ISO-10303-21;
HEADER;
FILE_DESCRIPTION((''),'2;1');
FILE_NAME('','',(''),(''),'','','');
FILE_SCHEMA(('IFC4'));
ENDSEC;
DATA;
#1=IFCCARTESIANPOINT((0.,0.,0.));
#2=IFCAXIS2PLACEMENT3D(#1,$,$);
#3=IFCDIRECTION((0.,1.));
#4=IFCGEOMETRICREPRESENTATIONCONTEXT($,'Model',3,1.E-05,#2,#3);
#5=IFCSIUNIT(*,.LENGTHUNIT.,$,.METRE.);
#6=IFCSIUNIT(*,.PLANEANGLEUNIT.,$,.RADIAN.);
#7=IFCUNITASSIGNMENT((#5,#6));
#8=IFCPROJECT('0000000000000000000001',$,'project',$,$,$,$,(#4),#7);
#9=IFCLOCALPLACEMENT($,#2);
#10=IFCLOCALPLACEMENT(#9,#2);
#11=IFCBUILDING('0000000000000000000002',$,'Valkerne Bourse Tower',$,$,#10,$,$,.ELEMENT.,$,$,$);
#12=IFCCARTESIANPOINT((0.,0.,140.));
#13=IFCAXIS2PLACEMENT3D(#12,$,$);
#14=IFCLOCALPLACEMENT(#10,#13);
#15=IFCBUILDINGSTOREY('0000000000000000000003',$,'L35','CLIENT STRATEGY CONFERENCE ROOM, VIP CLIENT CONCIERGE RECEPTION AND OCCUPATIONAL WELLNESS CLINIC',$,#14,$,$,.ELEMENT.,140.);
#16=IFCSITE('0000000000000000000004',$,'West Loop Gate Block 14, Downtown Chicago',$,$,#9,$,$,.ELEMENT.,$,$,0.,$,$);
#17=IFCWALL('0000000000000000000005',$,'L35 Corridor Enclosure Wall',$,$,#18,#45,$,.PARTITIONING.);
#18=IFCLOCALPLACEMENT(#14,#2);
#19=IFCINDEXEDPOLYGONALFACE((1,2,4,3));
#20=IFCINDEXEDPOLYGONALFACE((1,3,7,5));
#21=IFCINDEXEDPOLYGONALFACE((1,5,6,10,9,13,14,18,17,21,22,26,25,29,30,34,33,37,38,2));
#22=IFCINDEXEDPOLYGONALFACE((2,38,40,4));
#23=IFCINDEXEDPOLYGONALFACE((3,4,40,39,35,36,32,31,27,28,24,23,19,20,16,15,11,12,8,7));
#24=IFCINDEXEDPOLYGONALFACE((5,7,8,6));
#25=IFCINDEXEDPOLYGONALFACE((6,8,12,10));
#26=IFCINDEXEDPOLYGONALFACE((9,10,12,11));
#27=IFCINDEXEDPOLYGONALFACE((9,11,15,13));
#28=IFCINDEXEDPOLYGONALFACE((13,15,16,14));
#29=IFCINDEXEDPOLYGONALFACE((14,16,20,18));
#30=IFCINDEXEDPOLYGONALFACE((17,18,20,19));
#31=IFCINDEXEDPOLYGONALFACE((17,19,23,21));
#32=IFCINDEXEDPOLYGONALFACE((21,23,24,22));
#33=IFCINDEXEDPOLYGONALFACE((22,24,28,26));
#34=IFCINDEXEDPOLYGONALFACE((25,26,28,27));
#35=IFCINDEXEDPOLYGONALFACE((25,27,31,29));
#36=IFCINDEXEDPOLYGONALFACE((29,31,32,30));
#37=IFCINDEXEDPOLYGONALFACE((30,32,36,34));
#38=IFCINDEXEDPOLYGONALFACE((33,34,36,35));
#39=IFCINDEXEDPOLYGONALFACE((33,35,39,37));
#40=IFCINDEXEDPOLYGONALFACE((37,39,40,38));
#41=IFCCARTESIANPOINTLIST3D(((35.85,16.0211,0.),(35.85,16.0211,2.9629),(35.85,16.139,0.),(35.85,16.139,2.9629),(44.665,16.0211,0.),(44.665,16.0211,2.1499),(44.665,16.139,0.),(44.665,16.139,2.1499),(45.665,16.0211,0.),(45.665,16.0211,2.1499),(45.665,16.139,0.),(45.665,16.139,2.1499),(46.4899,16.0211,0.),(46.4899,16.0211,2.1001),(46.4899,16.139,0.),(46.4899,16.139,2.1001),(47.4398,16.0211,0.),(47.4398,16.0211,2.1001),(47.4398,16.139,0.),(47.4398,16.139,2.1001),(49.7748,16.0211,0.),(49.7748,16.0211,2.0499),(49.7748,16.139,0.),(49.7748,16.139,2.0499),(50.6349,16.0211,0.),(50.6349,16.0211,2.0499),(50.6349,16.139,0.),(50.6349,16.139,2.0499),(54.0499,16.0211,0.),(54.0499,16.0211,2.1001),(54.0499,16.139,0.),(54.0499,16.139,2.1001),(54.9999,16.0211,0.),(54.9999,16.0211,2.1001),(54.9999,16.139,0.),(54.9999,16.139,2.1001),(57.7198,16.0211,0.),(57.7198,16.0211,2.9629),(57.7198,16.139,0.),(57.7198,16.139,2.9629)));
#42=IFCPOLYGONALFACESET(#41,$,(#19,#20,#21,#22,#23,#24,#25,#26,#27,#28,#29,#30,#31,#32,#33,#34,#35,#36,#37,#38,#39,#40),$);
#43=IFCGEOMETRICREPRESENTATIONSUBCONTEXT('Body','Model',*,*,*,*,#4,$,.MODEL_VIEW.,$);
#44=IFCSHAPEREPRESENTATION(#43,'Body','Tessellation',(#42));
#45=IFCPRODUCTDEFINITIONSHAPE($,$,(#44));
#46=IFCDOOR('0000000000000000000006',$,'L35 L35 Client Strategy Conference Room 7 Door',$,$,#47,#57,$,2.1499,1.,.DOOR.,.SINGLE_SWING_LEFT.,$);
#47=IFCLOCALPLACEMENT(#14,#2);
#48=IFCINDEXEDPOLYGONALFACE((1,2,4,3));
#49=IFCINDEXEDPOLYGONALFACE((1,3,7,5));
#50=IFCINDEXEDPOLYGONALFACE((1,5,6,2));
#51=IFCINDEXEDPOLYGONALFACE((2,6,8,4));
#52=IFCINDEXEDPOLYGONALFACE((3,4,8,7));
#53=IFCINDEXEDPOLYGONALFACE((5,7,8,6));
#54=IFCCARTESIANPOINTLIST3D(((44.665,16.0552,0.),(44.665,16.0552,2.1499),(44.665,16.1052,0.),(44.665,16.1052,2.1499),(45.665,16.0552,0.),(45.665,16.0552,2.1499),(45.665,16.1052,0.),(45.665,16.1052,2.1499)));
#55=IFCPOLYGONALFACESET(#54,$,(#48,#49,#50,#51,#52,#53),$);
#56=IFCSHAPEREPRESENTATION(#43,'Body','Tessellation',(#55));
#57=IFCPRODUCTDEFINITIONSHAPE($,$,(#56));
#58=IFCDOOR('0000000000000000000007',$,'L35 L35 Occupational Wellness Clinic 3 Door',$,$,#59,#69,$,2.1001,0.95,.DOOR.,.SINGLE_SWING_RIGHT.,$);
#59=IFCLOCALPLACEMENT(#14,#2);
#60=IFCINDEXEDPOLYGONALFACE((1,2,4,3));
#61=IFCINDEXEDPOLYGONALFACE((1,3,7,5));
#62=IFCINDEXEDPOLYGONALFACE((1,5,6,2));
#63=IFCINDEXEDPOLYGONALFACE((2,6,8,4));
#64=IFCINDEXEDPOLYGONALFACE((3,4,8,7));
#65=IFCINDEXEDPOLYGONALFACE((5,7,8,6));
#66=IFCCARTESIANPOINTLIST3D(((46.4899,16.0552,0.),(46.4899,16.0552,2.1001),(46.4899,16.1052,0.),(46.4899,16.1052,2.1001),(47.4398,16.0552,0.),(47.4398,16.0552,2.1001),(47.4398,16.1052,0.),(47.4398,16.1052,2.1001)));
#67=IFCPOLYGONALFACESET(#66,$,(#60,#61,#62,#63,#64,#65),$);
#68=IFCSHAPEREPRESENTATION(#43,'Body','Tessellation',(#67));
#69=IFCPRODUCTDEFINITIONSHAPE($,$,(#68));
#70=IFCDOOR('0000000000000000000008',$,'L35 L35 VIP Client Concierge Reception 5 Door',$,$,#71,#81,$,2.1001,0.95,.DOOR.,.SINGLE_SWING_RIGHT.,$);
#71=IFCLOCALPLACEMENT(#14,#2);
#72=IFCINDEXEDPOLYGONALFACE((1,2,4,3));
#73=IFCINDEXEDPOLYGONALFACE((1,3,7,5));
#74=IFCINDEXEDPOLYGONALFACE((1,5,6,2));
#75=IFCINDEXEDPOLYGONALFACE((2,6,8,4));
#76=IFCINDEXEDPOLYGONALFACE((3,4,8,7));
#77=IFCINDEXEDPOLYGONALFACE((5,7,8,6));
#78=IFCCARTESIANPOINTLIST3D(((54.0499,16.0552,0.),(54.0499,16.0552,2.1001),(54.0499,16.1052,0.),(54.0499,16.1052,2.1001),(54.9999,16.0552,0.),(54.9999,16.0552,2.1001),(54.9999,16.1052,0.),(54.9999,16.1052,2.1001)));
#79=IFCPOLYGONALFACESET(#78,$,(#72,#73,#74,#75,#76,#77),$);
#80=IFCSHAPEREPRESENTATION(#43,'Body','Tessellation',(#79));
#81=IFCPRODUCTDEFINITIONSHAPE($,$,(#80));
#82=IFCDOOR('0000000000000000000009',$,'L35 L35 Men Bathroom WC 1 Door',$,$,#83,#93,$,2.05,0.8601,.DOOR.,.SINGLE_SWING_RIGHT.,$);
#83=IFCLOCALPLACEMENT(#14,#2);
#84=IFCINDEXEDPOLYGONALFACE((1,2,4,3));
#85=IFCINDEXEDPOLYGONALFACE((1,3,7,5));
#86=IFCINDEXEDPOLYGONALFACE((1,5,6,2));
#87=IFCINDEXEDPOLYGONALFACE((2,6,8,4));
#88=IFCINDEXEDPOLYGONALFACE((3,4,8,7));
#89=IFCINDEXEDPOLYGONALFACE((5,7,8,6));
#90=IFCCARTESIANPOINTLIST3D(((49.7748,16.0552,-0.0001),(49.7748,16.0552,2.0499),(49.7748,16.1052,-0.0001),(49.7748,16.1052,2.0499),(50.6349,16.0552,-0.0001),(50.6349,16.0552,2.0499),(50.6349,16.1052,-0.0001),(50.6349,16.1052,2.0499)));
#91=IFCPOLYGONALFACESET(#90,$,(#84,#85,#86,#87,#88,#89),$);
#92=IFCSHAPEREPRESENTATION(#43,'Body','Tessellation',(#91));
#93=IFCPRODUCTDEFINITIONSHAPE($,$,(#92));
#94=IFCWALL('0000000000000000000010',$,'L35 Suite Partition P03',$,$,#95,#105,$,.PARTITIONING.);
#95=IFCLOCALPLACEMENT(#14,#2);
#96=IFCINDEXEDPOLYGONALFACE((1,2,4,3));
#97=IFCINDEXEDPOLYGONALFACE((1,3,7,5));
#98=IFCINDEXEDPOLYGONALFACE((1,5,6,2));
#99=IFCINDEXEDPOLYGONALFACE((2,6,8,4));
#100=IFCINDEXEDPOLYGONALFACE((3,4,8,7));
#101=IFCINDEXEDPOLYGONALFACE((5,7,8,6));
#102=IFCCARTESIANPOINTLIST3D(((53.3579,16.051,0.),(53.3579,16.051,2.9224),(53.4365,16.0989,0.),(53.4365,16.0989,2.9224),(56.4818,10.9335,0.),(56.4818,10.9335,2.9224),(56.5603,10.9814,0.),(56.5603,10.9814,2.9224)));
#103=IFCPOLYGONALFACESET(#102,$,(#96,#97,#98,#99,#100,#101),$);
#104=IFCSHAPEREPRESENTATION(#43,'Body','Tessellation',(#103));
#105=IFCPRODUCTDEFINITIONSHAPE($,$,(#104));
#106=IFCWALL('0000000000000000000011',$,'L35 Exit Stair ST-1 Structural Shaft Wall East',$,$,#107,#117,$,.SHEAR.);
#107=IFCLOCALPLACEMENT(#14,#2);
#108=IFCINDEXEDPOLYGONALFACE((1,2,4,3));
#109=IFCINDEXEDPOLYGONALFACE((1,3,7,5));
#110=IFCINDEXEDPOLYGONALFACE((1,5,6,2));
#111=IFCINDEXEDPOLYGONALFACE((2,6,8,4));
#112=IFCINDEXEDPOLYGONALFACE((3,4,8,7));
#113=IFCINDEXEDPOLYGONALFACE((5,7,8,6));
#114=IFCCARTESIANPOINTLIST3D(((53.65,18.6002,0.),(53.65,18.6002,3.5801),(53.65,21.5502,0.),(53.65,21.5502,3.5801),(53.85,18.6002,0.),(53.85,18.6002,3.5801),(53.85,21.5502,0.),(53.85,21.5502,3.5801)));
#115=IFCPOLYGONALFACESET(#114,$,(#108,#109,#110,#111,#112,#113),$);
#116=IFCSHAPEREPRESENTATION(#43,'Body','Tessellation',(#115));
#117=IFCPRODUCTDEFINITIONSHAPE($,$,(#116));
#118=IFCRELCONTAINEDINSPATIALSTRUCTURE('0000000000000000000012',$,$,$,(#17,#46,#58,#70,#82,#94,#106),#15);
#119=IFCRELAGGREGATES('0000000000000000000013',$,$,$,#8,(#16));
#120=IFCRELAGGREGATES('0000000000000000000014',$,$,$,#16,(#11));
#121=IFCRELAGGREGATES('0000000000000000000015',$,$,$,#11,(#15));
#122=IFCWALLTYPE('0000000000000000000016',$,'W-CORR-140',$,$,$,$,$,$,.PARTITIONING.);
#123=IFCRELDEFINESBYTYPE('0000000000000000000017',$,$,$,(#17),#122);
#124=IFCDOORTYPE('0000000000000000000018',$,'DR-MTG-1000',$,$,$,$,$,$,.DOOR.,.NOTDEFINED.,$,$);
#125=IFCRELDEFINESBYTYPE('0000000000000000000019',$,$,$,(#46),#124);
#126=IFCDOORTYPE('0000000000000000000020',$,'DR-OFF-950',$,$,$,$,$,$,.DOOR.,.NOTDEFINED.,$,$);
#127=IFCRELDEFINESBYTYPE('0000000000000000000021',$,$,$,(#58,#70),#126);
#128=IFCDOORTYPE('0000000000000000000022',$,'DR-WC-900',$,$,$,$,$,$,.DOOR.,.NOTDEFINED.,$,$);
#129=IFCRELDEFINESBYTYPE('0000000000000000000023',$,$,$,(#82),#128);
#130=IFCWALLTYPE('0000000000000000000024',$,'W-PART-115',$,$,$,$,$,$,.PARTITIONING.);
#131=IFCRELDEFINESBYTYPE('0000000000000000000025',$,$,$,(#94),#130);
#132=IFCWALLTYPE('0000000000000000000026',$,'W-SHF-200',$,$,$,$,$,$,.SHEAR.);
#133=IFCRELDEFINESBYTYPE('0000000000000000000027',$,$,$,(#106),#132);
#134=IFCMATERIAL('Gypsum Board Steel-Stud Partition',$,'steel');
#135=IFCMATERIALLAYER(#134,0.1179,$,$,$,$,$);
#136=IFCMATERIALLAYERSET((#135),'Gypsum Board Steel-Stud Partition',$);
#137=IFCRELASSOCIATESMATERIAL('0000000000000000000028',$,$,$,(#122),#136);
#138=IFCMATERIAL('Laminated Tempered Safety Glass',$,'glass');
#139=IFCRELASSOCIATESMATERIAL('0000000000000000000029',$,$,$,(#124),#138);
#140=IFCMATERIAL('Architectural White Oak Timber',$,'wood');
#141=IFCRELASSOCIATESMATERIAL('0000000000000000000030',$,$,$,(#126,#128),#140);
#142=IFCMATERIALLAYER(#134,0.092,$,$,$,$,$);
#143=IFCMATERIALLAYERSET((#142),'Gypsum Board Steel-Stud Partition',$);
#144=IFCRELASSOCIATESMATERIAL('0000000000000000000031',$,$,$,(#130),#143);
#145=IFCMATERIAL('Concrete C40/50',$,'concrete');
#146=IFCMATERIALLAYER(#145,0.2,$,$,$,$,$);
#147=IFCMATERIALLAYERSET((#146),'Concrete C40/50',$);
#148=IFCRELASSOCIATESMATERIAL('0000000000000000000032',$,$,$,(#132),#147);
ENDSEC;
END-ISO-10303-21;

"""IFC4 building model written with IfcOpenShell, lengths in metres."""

from ifc_helpers import new_model, si_unit, direction, frame, frame_2d, origin, place, context, subcontext, project, spatial, rectangle, extrude, material, layer, layer_set, type_object, element, fill, save


model = new_model("IFC4")

# Units and contexts
model_context = context("Model", 3, precision=1e-05, world=origin(), true_north=direction((0.0, 1.0)))
body_context = subcontext(model_context, "Body", "Model", "MODEL_VIEW")
ifc_project = project(units=[si_unit("LENGTHUNIT", "METRE"), si_unit("PLANEANGLEUNIT", "RADIAN")], contexts=[model_context])

# Site, building, storey
site_placement = place(None, origin())
site = spatial("IfcSite", under=ifc_project, at=site_placement, Name="West Loop Gate Block 14, Downtown Chicago", CompositionType="ELEMENT", RefElevation=0.0)
building_placement = place(site_placement, origin())
building = spatial("IfcBuilding", under=site, at=building_placement, Name="Valkerne Bourse Tower", CompositionType="ELEMENT")
storey_placement = place(building_placement, frame((0.0, 0.0, 140.0)))
storey = spatial("IfcBuildingStorey", under=building, at=storey_placement, Name="L35", Description="CLIENT STRATEGY CONFERENCE ROOM, VIP CLIENT CONCIERGE RECEPTION AND OCCUPATIONAL WELLNESS CLINIC", CompositionType="ELEMENT", Elevation=140.0)

# Wall, openings, doors
ifc_material_1 = material(Name="Gypsum Board Steel-Stud Partition", Category="steel")
ifc_layer_1 = layer(ifc_material_1, 0.1179)
ifc_layer_set_1 = layer_set([ifc_layer_1], Name="Gypsum Board Steel-Stud Partition")
wall_type_1 = type_object("IfcWallType", Name="W-CORR-140", PredefinedType="PARTITIONING", material=ifc_layer_set_1)
wall_1_placement = place(storey_placement, frame((57.72, 16.0801, 0.0), z_axis=(0.0, 0.0, 1.0), x_axis=(-1.0, 0.0, 0.0)))
wall_1 = element("IfcWall", 1, at=wall_1_placement, inside=storey, type_object=wall_type_1, Name="L35 Corridor Enclosure Wall", PredefinedType="PARTITIONING", context=body_context, shape_type="SweptSolid", body=[
    extrude(rectangle(XDim=21.8699, YDim=0.1179, at=frame_2d((10.9351, 0.0))), origin(), (0.0, 0.0, 1.0), 2.9629),
])
opening_1_placement = place(wall_1_placement, frame((7.085, 0.0, 0.0)))
opening_1 = element("IfcOpeningElement", 2, at=opening_1_placement, cuts=wall_1, PredefinedType="OPENING", context=body_context, shape_type="SweptSolid", body=[
    extrude(rectangle(XDim=0.8601, YDim=2.05, at=frame_2d((0.4302, 1.0249))), frame((0.0, 0.0688, 0.0), z_axis=(0.0, -1.0, 0.0), x_axis=(1.0, 0.0, 0.0)), (0.0, 0.0, 1.0), 0.1379),
])
opening_2_placement = place(wall_1_placement, frame((10.28, 0.0, 0.0)))
opening_2 = element("IfcOpeningElement", 3, at=opening_2_placement, cuts=wall_1, PredefinedType="OPENING", context=body_context, shape_type="SweptSolid", body=[
    extrude(rectangle(XDim=0.95, YDim=2.1001, at=frame_2d((0.4751, 1.05))), frame((0.0, 0.0688, 0.0), z_axis=(0.0, -1.0, 0.0), x_axis=(1.0, 0.0, 0.0)), (0.0, 0.0, 1.0), 0.1379),
])
opening_3_placement = place(wall_1_placement, frame((2.72, 0.0, 0.0)))
opening_3 = element("IfcOpeningElement", 4, at=opening_3_placement, cuts=wall_1, PredefinedType="OPENING", context=body_context, shape_type="SweptSolid", body=[
    extrude(rectangle(XDim=0.95, YDim=2.1001, at=frame_2d((0.4751, 1.05))), frame((0.0, 0.0688, 0.0), z_axis=(0.0, -1.0, 0.0), x_axis=(1.0, 0.0, 0.0)), (0.0, 0.0, 1.0), 0.1379),
])
opening_4_placement = place(wall_1_placement, frame((12.0549, 0.0, 0.0)))
opening_4 = element("IfcOpeningElement", 5, at=opening_4_placement, cuts=wall_1, PredefinedType="OPENING", context=body_context, shape_type="SweptSolid", body=[
    extrude(rectangle(XDim=1.0, YDim=2.1499, at=frame_2d((0.5, 1.075))), frame((0.0, 0.0688, 0.0), z_axis=(0.0, -1.0, 0.0), x_axis=(1.0, 0.0, 0.0)), (0.0, 0.0, 1.0), 0.1379),
])
ifc_material_2 = material(Name="Laminated Tempered Safety Glass", Category="glass")
door_type_1 = type_object("IfcDoorType", Name="DR-MTG-1000", OperationType="NOTDEFINED", PredefinedType="DOOR", material=ifc_material_2)
door_1_placement = place(opening_4_placement, origin())
door_1 = element("IfcDoor", 6, at=door_1_placement, inside=storey, type_object=door_type_1, Name="L35 L35 Client Strategy Conference Room 7 Door", OperationType="SINGLE_SWING_LEFT", OverallHeight=2.1499, OverallWidth=1.0, PredefinedType="DOOR", context=body_context, shape_type="SweptSolid", body=[
    extrude(rectangle(XDim=1.0, YDim=2.1499, at=frame_2d((0.5, 1.075))), frame((0.0, 0.0249, 0.0), z_axis=(0.0, -1.0, 0.0), x_axis=(1.0, 0.0, 0.0)), (0.0, 0.0, 1.0), 0.05),
])
fill(opening_4, door_1)
ifc_material_3 = material(Name="Architectural White Oak Timber", Category="wood")
door_type_2 = type_object("IfcDoorType", Name="DR-OFF-950", OperationType="NOTDEFINED", PredefinedType="DOOR", material=ifc_material_3)
door_2_placement = place(opening_2_placement, origin())
door_2 = element("IfcDoor", 7, at=door_2_placement, inside=storey, type_object=door_type_2, Name="L35 L35 Occupational Wellness Clinic 3 Door", OperationType="SINGLE_SWING_RIGHT", OverallHeight=2.1001, OverallWidth=0.95, PredefinedType="DOOR", context=body_context, shape_type="SweptSolid", body=[
    extrude(rectangle(XDim=0.95, YDim=2.1001, at=frame_2d((0.4751, 1.05))), frame((0.0, 0.0249, 0.0), z_axis=(0.0, -1.0, 0.0), x_axis=(1.0, 0.0, 0.0)), (0.0, 0.0, 1.0), 0.05),
])
fill(opening_2, door_2)
door_3_placement = place(opening_3_placement, origin())
door_3 = element("IfcDoor", 8, at=door_3_placement, inside=storey, type_object=door_type_2, Name="L35 L35 VIP Client Concierge Reception 5 Door", OperationType="SINGLE_SWING_RIGHT", OverallHeight=2.1001, OverallWidth=0.95, PredefinedType="DOOR", context=body_context, shape_type="SweptSolid", body=[
    extrude(rectangle(XDim=0.95, YDim=2.1001, at=frame_2d((0.4751, 1.05))), frame((0.0, 0.0249, 0.0), z_axis=(0.0, -1.0, 0.0), x_axis=(1.0, 0.0, 0.0)), (0.0, 0.0, 1.0), 0.05),
])
fill(opening_3, door_3)
door_type_3 = type_object("IfcDoorType", Name="DR-WC-900", OperationType="NOTDEFINED", PredefinedType="DOOR", material=ifc_material_3)
door_4_placement = place(opening_1_placement, origin())
door_4 = element("IfcDoor", 9, at=door_4_placement, inside=storey, type_object=door_type_3, Name="L35 L35 Men Bathroom WC 1 Door", OperationType="SINGLE_SWING_RIGHT", OverallHeight=2.05, OverallWidth=0.8601, PredefinedType="DOOR", context=body_context, shape_type="SweptSolid", body=[
    extrude(rectangle(XDim=0.8601, YDim=2.05, at=frame_2d((0.4302, 1.0249))), frame((0.0, 0.0249, 0.0), z_axis=(0.0, -1.0, 0.0), x_axis=(1.0, 0.0, 0.0)), (0.0, 0.0, 1.0), 0.05),
])
fill(opening_1, door_4)

# Walls
ifc_layer_2 = layer(ifc_material_1, 0.092)
ifc_layer_set_2 = layer_set([ifc_layer_2], Name="Gypsum Board Steel-Stud Partition")
wall_type_2 = type_object("IfcWallType", Name="W-PART-115", PredefinedType="PARTITIONING", material=ifc_layer_set_2)
wall_2_placement = place(storey_placement, frame((53.3972, 16.075, 0.0), z_axis=(0.0, 0.0, 1.0), x_axis=(0.52102, -0.853544, 0.0)))
element("IfcWall", 10, at=wall_2_placement, inside=storey, type_object=wall_type_2, Name="L35 Suite Partition P03", PredefinedType="PARTITIONING", context=body_context, shape_type="SweptSolid", body=[
    extrude(rectangle(XDim=5.9956, YDim=0.092, at=frame_2d((2.9978, 0.0))), origin(), (0.0, 0.0, 1.0), 2.9224),
])
ifc_material_4 = material(Name="Concrete C40/50", Category="concrete")
ifc_layer_3 = layer(ifc_material_4, 0.2)
ifc_layer_set_3 = layer_set([ifc_layer_3], Name="Concrete C40/50")
wall_type_3 = type_object("IfcWallType", Name="W-SHF-200", PredefinedType="SHEAR", material=ifc_layer_set_3)
wall_3_placement = place(storey_placement, frame((53.75, 18.6001, 0.0), z_axis=(0.0, 0.0, 1.0), x_axis=(0.0, 1.0, 0.0)))
element("IfcWall", 11, at=wall_3_placement, inside=storey, type_object=wall_type_3, Name="L35 Exit Stair ST-1 Structural Shaft Wall East", PredefinedType="SHEAR", context=body_context, shape_type="SweptSolid", body=[
    extrude(rectangle(XDim=2.95, YDim=0.2, at=frame_2d((1.4751, 0.0))), origin(), (0.0, 0.0, 1.0), 3.5801),
])

save(model, "model.ifc")
